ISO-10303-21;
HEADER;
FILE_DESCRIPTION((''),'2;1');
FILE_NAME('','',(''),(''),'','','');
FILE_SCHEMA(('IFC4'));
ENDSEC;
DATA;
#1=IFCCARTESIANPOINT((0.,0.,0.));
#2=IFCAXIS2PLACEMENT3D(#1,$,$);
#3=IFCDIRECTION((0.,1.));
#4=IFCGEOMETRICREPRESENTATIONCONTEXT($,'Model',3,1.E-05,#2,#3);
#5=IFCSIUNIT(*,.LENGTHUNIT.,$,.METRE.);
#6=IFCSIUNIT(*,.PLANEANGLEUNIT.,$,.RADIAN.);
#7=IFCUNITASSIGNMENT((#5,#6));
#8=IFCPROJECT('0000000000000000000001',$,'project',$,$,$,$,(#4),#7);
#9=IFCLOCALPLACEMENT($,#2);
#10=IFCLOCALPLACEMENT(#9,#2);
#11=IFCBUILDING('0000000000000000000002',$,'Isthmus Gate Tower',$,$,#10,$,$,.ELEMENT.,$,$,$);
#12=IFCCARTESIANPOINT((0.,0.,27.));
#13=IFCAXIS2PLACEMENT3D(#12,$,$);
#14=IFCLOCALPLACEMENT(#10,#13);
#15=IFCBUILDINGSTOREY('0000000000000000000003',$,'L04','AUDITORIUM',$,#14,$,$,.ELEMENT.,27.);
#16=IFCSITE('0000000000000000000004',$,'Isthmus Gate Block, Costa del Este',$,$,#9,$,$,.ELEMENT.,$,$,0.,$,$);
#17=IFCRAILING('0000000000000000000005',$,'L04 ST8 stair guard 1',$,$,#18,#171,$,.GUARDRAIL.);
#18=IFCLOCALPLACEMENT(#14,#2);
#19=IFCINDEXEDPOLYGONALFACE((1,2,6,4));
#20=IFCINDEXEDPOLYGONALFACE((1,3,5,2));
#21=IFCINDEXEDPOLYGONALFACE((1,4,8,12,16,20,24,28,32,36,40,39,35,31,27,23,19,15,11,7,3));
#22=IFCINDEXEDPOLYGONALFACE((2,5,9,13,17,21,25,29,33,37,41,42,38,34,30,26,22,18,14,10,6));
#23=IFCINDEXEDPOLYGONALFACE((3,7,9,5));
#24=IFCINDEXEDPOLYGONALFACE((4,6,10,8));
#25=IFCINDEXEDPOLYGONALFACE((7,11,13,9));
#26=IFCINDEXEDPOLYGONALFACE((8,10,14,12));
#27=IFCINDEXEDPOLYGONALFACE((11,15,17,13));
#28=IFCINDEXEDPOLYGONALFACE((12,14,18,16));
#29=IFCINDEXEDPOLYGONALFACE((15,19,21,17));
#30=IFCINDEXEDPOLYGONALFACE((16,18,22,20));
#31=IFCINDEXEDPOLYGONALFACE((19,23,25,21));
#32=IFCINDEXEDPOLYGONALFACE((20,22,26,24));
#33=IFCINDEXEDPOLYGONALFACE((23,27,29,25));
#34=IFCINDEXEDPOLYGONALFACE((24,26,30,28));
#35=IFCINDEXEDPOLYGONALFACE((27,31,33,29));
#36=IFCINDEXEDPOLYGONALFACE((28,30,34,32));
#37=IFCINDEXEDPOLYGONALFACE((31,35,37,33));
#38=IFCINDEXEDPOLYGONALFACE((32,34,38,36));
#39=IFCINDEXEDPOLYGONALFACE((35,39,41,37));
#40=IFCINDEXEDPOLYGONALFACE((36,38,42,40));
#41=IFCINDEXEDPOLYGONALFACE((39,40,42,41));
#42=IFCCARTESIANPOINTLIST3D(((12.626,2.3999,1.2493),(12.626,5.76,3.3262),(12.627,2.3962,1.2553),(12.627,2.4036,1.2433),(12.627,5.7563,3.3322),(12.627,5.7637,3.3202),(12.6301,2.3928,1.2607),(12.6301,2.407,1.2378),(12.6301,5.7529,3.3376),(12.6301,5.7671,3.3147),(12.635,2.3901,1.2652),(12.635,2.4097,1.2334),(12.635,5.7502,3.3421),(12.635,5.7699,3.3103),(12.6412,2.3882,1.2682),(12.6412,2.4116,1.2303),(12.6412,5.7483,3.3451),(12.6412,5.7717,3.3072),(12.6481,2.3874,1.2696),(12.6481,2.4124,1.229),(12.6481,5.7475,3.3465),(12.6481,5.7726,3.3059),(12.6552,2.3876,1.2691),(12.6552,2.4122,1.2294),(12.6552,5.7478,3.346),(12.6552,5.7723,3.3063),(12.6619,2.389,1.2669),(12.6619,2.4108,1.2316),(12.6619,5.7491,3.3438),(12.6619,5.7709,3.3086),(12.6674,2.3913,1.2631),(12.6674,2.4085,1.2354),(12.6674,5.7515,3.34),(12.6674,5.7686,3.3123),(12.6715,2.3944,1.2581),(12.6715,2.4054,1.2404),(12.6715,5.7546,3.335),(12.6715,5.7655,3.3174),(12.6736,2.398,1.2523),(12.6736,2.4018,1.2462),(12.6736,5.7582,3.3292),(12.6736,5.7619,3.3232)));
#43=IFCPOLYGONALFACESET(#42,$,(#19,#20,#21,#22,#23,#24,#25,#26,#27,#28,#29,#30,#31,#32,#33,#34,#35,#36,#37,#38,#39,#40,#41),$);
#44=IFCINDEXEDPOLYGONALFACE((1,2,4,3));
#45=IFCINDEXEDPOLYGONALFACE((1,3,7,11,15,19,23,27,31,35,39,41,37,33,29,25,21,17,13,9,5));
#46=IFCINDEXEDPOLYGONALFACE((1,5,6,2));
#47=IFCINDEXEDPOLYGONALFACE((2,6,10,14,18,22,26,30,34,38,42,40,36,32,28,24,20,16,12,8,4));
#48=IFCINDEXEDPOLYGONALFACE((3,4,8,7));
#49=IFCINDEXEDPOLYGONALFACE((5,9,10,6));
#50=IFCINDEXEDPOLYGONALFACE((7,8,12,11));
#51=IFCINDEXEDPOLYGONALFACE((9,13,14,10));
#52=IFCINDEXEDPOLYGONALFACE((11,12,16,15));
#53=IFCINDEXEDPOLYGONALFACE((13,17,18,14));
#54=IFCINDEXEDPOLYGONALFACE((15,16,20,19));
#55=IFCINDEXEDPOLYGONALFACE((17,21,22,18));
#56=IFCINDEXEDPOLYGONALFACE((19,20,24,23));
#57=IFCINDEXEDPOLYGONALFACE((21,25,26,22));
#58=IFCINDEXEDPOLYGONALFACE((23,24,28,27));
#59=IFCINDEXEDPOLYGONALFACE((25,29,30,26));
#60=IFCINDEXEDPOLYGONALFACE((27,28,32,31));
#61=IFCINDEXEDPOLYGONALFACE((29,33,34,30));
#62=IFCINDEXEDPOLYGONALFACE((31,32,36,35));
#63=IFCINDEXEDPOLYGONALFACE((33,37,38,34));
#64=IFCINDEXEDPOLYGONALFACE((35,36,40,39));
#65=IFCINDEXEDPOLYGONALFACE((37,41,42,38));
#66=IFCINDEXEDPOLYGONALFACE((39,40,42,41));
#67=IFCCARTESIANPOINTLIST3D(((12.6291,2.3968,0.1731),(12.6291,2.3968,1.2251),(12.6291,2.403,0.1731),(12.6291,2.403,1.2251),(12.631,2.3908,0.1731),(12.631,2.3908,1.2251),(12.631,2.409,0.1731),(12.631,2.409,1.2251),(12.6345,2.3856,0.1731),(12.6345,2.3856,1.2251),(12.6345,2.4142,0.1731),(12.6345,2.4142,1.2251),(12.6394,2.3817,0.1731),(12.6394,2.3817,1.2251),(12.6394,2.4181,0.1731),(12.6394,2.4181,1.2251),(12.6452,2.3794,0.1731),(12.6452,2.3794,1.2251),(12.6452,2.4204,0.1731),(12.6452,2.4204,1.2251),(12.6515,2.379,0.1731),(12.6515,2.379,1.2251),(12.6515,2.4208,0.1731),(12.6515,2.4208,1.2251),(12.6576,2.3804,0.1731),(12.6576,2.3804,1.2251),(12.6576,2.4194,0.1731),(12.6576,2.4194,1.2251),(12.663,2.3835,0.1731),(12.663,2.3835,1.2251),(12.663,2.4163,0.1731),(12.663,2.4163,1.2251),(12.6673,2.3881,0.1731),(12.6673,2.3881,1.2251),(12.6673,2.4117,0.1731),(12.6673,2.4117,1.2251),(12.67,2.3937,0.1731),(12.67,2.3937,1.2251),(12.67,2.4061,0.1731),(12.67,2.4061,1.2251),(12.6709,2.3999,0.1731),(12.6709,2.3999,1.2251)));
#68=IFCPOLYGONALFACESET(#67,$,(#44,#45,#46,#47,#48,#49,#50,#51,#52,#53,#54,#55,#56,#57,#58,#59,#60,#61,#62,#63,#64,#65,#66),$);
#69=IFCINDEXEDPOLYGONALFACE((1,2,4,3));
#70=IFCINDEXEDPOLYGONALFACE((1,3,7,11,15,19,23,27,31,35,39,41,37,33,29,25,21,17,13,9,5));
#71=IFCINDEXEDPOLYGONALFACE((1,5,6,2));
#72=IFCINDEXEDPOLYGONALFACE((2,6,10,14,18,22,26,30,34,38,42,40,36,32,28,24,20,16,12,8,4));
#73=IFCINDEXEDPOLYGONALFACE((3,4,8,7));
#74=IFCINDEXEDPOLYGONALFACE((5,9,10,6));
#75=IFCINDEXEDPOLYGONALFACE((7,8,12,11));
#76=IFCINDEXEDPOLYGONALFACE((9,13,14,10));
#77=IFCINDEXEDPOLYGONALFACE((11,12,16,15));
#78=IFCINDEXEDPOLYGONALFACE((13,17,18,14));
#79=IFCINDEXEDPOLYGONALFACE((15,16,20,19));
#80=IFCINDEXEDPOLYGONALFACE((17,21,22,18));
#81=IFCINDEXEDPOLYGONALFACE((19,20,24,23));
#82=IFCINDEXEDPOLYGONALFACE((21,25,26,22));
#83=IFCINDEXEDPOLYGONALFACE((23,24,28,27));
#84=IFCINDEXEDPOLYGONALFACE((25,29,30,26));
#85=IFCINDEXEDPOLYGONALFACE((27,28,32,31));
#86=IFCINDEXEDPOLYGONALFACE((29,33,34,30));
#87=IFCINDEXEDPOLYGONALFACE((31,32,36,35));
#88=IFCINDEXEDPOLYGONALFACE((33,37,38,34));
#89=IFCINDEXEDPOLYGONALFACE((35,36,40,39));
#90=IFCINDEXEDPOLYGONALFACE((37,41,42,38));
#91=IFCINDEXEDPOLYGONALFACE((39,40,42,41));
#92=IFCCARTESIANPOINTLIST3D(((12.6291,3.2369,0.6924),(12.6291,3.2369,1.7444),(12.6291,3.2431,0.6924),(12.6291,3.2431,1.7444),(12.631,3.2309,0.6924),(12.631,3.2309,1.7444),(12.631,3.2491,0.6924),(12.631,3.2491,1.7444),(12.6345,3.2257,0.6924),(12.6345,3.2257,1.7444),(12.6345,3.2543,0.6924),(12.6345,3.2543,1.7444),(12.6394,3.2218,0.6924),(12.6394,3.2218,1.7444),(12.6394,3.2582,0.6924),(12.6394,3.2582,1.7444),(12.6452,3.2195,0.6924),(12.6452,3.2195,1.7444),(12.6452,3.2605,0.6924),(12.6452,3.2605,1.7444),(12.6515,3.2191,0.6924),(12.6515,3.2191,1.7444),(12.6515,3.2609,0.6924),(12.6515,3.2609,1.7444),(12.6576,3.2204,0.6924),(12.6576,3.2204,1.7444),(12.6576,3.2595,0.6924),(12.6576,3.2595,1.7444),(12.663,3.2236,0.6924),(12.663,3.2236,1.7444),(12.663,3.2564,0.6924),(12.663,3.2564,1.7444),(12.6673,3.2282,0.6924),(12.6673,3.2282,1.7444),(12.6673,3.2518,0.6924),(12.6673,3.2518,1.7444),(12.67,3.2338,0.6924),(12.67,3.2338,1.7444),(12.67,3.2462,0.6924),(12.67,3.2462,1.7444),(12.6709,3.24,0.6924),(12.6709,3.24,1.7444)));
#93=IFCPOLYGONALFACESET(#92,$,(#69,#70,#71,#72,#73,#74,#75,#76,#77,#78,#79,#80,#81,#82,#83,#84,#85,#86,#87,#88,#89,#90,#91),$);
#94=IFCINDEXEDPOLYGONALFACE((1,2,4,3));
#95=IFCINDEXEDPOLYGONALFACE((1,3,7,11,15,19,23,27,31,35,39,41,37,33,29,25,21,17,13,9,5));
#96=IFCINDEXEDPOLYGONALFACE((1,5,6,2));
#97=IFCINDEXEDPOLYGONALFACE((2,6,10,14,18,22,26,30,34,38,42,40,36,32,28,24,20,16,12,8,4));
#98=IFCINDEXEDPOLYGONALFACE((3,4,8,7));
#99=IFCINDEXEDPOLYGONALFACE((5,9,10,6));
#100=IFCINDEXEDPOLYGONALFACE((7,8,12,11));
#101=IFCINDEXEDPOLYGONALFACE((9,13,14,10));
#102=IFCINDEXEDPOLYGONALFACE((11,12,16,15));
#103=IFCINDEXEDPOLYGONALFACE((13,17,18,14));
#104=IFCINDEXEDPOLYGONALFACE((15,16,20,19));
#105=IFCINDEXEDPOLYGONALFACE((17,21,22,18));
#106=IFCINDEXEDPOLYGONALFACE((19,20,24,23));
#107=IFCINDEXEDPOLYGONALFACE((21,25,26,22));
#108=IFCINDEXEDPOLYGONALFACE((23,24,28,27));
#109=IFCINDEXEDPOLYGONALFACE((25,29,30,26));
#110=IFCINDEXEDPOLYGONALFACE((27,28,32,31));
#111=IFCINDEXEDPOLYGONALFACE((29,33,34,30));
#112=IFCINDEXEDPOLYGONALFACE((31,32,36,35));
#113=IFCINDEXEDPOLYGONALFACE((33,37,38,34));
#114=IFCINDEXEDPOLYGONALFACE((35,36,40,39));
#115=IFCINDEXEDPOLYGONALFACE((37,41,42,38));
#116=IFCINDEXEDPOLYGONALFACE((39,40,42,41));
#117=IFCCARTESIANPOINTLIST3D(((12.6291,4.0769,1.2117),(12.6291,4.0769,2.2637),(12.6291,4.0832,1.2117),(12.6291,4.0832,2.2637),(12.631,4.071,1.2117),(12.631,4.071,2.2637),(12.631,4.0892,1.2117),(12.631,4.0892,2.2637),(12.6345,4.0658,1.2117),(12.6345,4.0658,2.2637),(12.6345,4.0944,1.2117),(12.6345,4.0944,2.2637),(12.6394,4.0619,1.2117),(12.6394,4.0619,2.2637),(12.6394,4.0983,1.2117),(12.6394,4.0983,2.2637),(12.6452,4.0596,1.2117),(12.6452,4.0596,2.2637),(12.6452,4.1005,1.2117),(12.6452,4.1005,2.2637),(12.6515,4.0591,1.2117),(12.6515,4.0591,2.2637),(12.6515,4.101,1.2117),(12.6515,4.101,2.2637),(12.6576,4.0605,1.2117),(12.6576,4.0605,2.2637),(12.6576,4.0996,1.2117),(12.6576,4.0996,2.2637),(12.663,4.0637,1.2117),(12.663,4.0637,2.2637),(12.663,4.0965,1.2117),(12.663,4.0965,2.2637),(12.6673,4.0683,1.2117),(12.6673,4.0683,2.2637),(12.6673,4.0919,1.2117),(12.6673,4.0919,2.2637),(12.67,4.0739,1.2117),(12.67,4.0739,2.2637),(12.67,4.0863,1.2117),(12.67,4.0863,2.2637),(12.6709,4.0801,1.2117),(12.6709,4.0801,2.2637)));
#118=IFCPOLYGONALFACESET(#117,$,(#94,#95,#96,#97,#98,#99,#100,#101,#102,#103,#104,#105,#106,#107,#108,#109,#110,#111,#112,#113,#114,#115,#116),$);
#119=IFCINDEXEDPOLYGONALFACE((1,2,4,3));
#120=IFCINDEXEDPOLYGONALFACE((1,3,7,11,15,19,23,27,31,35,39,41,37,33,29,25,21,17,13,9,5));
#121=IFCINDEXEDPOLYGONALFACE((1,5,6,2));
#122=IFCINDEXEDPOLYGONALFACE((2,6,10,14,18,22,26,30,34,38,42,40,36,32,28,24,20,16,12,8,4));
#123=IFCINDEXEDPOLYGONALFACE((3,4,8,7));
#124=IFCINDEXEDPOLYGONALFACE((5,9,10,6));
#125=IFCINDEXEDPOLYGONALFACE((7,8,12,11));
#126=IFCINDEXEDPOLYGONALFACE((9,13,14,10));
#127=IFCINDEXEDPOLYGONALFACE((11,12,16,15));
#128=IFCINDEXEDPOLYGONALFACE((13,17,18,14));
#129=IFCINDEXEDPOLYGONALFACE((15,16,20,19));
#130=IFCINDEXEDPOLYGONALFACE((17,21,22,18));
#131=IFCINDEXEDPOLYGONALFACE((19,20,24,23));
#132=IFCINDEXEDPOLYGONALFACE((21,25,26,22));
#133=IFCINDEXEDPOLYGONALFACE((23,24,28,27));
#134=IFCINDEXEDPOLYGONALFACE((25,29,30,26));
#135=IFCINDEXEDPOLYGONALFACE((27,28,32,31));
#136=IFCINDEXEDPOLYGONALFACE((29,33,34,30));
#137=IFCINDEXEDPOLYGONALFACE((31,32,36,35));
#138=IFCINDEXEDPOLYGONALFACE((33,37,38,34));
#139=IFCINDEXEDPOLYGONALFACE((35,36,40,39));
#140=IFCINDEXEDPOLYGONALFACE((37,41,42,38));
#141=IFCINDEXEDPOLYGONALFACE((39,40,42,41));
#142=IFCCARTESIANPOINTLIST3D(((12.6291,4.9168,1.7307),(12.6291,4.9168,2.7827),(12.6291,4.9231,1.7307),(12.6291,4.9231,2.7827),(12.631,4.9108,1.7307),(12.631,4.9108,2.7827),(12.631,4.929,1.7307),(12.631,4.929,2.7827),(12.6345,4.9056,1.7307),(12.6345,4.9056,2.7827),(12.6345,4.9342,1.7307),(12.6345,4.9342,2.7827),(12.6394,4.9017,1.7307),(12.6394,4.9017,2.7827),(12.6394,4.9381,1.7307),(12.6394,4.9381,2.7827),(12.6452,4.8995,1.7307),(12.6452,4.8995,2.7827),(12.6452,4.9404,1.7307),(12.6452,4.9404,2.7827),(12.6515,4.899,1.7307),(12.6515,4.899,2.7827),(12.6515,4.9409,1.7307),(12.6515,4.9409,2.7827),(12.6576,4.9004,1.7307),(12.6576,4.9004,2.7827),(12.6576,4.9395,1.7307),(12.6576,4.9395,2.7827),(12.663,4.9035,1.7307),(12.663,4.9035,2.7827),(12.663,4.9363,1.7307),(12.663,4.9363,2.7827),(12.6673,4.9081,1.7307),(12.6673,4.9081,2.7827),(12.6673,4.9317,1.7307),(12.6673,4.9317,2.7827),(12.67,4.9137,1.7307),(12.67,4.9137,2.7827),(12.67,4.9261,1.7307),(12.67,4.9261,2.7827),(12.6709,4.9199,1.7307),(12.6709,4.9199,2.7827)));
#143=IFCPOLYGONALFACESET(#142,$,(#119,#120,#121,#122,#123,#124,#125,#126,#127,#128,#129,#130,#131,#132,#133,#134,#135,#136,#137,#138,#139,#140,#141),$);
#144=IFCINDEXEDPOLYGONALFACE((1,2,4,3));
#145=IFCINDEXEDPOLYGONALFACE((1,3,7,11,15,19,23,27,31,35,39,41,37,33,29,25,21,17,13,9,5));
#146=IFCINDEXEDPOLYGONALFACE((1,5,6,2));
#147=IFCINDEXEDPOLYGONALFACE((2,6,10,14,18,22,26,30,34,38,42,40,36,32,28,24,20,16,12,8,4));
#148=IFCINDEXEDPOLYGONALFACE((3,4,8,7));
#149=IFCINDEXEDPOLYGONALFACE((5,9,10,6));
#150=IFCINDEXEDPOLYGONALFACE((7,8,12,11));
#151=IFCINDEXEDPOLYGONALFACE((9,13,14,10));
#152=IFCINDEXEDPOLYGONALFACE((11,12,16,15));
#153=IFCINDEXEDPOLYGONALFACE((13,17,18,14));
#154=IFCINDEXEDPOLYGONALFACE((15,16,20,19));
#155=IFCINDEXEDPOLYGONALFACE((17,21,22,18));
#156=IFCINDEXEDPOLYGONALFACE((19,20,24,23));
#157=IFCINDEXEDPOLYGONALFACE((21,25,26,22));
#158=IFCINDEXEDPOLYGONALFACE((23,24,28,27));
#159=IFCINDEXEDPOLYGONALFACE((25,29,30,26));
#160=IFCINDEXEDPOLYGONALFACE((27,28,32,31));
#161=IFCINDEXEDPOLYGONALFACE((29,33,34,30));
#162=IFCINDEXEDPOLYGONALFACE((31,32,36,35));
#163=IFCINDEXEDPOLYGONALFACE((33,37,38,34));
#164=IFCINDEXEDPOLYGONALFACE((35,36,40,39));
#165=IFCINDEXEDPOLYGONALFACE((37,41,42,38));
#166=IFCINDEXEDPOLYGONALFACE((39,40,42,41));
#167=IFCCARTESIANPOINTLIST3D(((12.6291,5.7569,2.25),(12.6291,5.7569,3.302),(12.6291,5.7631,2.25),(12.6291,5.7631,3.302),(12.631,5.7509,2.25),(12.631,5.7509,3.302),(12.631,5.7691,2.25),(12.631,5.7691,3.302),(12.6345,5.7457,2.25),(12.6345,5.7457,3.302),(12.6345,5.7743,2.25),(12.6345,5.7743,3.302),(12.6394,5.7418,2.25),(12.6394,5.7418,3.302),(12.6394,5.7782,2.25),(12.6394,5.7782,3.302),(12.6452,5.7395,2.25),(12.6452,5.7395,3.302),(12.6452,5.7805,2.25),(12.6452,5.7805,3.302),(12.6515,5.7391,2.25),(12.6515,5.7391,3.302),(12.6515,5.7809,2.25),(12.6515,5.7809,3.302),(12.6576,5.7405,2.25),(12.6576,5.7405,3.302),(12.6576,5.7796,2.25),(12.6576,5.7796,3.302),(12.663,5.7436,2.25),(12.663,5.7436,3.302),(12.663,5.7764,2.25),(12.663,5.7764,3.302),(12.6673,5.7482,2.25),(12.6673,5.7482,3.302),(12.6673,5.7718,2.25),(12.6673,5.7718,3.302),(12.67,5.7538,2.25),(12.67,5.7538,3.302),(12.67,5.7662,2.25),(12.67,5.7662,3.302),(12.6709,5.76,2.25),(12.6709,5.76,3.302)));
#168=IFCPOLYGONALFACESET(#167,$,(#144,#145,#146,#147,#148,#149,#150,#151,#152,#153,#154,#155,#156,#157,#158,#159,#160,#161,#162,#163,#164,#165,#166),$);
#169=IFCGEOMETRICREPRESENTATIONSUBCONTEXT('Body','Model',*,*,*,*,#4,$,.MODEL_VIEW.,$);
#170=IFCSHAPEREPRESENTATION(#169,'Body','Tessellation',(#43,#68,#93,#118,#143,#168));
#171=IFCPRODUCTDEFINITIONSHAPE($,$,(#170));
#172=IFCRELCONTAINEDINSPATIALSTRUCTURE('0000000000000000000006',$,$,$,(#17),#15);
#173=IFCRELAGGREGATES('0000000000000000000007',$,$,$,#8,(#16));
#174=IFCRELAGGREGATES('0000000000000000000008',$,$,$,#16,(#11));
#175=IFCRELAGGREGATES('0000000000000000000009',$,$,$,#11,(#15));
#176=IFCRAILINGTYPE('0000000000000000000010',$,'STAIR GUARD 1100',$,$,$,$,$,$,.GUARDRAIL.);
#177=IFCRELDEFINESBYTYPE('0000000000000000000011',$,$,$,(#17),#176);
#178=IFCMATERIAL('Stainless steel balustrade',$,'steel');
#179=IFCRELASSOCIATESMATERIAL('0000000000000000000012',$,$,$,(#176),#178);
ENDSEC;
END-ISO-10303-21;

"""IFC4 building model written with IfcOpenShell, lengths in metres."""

from ifc_helpers import new_model, si_unit, direction, frame, origin, origin_2d, place, context, subcontext, project, spatial, circle, extrude, material, type_object, element, save


model = new_model("IFC4")

# Units and contexts
model_context = context("Model", 3, precision=1e-05, world=origin(), true_north=direction((0.0, 1.0)))
body_context = subcontext(model_context, "Body", "Model", "MODEL_VIEW")
ifc_project = project(units=[si_unit("LENGTHUNIT", "METRE"), si_unit("PLANEANGLEUNIT", "RADIAN")], contexts=[model_context])

# Site, building, storey
site_placement = place(None, origin())
site = spatial("IfcSite", under=ifc_project, at=site_placement, Name="Isthmus Gate Block, Costa del Este", CompositionType="ELEMENT", RefElevation=0.0)
building_placement = place(site_placement, origin())
building = spatial("IfcBuilding", under=site, at=building_placement, Name="Isthmus Gate Tower", CompositionType="ELEMENT")
storey_placement = place(building_placement, frame((0.0, 0.0, 27.0)))
storey = spatial("IfcBuildingStorey", under=building, at=storey_placement, Name="L04", Description="AUDITORIUM", CompositionType="ELEMENT", Elevation=27.0)

# Railing
ifc_material_1 = material(Name="Stainless steel balustrade", Category="steel")
railing_type_1 = type_object("IfcRailingType", Name="STAIR GUARD 1100", PredefinedType="GUARDRAIL", material=ifc_material_1)
railing_1_placement = place(storey_placement, frame((12.6499, 2.3999, 0.1731)))
element("IfcRailing", 1, at=railing_1_placement, inside=storey, type_object=railing_type_1, Name="L04 ST8 stair guard 1", PredefinedType="GUARDRAIL", context=body_context, shape_type="SweptSolid", body=[
    extrude(circle(Radius=0.0239, at=origin_2d()), frame((0.0, 0.0, 1.0762), z_axis=(0.0, 0.850623, 0.525776), x_axis=(-1.0, 0.0, 0.0)), (0.0, 0.0, 1.0), 3.9502),
    extrude(circle(Radius=0.021, at=origin_2d()), origin(), (0.0, 0.0, 1.0), 1.052),
    extrude(circle(Radius=0.021, at=origin_2d()), frame((0.0, 0.8401, 0.5193)), (0.0, 0.0, 1.0), 1.052),
    extrude(circle(Radius=0.021, at=origin_2d()), frame((0.0, 1.6802, 1.0386)), (0.0, 0.0, 1.0), 1.052),
    extrude(circle(Radius=0.021, at=origin_2d()), frame((0.0, 2.52, 1.5576)), (0.0, 0.0, 1.0), 1.052),
    extrude(circle(Radius=0.021, at=origin_2d()), frame((0.0, 3.3601, 2.0769)), (0.0, 0.0, 1.0), 1.052),
])

save(model, "model.ifc")
